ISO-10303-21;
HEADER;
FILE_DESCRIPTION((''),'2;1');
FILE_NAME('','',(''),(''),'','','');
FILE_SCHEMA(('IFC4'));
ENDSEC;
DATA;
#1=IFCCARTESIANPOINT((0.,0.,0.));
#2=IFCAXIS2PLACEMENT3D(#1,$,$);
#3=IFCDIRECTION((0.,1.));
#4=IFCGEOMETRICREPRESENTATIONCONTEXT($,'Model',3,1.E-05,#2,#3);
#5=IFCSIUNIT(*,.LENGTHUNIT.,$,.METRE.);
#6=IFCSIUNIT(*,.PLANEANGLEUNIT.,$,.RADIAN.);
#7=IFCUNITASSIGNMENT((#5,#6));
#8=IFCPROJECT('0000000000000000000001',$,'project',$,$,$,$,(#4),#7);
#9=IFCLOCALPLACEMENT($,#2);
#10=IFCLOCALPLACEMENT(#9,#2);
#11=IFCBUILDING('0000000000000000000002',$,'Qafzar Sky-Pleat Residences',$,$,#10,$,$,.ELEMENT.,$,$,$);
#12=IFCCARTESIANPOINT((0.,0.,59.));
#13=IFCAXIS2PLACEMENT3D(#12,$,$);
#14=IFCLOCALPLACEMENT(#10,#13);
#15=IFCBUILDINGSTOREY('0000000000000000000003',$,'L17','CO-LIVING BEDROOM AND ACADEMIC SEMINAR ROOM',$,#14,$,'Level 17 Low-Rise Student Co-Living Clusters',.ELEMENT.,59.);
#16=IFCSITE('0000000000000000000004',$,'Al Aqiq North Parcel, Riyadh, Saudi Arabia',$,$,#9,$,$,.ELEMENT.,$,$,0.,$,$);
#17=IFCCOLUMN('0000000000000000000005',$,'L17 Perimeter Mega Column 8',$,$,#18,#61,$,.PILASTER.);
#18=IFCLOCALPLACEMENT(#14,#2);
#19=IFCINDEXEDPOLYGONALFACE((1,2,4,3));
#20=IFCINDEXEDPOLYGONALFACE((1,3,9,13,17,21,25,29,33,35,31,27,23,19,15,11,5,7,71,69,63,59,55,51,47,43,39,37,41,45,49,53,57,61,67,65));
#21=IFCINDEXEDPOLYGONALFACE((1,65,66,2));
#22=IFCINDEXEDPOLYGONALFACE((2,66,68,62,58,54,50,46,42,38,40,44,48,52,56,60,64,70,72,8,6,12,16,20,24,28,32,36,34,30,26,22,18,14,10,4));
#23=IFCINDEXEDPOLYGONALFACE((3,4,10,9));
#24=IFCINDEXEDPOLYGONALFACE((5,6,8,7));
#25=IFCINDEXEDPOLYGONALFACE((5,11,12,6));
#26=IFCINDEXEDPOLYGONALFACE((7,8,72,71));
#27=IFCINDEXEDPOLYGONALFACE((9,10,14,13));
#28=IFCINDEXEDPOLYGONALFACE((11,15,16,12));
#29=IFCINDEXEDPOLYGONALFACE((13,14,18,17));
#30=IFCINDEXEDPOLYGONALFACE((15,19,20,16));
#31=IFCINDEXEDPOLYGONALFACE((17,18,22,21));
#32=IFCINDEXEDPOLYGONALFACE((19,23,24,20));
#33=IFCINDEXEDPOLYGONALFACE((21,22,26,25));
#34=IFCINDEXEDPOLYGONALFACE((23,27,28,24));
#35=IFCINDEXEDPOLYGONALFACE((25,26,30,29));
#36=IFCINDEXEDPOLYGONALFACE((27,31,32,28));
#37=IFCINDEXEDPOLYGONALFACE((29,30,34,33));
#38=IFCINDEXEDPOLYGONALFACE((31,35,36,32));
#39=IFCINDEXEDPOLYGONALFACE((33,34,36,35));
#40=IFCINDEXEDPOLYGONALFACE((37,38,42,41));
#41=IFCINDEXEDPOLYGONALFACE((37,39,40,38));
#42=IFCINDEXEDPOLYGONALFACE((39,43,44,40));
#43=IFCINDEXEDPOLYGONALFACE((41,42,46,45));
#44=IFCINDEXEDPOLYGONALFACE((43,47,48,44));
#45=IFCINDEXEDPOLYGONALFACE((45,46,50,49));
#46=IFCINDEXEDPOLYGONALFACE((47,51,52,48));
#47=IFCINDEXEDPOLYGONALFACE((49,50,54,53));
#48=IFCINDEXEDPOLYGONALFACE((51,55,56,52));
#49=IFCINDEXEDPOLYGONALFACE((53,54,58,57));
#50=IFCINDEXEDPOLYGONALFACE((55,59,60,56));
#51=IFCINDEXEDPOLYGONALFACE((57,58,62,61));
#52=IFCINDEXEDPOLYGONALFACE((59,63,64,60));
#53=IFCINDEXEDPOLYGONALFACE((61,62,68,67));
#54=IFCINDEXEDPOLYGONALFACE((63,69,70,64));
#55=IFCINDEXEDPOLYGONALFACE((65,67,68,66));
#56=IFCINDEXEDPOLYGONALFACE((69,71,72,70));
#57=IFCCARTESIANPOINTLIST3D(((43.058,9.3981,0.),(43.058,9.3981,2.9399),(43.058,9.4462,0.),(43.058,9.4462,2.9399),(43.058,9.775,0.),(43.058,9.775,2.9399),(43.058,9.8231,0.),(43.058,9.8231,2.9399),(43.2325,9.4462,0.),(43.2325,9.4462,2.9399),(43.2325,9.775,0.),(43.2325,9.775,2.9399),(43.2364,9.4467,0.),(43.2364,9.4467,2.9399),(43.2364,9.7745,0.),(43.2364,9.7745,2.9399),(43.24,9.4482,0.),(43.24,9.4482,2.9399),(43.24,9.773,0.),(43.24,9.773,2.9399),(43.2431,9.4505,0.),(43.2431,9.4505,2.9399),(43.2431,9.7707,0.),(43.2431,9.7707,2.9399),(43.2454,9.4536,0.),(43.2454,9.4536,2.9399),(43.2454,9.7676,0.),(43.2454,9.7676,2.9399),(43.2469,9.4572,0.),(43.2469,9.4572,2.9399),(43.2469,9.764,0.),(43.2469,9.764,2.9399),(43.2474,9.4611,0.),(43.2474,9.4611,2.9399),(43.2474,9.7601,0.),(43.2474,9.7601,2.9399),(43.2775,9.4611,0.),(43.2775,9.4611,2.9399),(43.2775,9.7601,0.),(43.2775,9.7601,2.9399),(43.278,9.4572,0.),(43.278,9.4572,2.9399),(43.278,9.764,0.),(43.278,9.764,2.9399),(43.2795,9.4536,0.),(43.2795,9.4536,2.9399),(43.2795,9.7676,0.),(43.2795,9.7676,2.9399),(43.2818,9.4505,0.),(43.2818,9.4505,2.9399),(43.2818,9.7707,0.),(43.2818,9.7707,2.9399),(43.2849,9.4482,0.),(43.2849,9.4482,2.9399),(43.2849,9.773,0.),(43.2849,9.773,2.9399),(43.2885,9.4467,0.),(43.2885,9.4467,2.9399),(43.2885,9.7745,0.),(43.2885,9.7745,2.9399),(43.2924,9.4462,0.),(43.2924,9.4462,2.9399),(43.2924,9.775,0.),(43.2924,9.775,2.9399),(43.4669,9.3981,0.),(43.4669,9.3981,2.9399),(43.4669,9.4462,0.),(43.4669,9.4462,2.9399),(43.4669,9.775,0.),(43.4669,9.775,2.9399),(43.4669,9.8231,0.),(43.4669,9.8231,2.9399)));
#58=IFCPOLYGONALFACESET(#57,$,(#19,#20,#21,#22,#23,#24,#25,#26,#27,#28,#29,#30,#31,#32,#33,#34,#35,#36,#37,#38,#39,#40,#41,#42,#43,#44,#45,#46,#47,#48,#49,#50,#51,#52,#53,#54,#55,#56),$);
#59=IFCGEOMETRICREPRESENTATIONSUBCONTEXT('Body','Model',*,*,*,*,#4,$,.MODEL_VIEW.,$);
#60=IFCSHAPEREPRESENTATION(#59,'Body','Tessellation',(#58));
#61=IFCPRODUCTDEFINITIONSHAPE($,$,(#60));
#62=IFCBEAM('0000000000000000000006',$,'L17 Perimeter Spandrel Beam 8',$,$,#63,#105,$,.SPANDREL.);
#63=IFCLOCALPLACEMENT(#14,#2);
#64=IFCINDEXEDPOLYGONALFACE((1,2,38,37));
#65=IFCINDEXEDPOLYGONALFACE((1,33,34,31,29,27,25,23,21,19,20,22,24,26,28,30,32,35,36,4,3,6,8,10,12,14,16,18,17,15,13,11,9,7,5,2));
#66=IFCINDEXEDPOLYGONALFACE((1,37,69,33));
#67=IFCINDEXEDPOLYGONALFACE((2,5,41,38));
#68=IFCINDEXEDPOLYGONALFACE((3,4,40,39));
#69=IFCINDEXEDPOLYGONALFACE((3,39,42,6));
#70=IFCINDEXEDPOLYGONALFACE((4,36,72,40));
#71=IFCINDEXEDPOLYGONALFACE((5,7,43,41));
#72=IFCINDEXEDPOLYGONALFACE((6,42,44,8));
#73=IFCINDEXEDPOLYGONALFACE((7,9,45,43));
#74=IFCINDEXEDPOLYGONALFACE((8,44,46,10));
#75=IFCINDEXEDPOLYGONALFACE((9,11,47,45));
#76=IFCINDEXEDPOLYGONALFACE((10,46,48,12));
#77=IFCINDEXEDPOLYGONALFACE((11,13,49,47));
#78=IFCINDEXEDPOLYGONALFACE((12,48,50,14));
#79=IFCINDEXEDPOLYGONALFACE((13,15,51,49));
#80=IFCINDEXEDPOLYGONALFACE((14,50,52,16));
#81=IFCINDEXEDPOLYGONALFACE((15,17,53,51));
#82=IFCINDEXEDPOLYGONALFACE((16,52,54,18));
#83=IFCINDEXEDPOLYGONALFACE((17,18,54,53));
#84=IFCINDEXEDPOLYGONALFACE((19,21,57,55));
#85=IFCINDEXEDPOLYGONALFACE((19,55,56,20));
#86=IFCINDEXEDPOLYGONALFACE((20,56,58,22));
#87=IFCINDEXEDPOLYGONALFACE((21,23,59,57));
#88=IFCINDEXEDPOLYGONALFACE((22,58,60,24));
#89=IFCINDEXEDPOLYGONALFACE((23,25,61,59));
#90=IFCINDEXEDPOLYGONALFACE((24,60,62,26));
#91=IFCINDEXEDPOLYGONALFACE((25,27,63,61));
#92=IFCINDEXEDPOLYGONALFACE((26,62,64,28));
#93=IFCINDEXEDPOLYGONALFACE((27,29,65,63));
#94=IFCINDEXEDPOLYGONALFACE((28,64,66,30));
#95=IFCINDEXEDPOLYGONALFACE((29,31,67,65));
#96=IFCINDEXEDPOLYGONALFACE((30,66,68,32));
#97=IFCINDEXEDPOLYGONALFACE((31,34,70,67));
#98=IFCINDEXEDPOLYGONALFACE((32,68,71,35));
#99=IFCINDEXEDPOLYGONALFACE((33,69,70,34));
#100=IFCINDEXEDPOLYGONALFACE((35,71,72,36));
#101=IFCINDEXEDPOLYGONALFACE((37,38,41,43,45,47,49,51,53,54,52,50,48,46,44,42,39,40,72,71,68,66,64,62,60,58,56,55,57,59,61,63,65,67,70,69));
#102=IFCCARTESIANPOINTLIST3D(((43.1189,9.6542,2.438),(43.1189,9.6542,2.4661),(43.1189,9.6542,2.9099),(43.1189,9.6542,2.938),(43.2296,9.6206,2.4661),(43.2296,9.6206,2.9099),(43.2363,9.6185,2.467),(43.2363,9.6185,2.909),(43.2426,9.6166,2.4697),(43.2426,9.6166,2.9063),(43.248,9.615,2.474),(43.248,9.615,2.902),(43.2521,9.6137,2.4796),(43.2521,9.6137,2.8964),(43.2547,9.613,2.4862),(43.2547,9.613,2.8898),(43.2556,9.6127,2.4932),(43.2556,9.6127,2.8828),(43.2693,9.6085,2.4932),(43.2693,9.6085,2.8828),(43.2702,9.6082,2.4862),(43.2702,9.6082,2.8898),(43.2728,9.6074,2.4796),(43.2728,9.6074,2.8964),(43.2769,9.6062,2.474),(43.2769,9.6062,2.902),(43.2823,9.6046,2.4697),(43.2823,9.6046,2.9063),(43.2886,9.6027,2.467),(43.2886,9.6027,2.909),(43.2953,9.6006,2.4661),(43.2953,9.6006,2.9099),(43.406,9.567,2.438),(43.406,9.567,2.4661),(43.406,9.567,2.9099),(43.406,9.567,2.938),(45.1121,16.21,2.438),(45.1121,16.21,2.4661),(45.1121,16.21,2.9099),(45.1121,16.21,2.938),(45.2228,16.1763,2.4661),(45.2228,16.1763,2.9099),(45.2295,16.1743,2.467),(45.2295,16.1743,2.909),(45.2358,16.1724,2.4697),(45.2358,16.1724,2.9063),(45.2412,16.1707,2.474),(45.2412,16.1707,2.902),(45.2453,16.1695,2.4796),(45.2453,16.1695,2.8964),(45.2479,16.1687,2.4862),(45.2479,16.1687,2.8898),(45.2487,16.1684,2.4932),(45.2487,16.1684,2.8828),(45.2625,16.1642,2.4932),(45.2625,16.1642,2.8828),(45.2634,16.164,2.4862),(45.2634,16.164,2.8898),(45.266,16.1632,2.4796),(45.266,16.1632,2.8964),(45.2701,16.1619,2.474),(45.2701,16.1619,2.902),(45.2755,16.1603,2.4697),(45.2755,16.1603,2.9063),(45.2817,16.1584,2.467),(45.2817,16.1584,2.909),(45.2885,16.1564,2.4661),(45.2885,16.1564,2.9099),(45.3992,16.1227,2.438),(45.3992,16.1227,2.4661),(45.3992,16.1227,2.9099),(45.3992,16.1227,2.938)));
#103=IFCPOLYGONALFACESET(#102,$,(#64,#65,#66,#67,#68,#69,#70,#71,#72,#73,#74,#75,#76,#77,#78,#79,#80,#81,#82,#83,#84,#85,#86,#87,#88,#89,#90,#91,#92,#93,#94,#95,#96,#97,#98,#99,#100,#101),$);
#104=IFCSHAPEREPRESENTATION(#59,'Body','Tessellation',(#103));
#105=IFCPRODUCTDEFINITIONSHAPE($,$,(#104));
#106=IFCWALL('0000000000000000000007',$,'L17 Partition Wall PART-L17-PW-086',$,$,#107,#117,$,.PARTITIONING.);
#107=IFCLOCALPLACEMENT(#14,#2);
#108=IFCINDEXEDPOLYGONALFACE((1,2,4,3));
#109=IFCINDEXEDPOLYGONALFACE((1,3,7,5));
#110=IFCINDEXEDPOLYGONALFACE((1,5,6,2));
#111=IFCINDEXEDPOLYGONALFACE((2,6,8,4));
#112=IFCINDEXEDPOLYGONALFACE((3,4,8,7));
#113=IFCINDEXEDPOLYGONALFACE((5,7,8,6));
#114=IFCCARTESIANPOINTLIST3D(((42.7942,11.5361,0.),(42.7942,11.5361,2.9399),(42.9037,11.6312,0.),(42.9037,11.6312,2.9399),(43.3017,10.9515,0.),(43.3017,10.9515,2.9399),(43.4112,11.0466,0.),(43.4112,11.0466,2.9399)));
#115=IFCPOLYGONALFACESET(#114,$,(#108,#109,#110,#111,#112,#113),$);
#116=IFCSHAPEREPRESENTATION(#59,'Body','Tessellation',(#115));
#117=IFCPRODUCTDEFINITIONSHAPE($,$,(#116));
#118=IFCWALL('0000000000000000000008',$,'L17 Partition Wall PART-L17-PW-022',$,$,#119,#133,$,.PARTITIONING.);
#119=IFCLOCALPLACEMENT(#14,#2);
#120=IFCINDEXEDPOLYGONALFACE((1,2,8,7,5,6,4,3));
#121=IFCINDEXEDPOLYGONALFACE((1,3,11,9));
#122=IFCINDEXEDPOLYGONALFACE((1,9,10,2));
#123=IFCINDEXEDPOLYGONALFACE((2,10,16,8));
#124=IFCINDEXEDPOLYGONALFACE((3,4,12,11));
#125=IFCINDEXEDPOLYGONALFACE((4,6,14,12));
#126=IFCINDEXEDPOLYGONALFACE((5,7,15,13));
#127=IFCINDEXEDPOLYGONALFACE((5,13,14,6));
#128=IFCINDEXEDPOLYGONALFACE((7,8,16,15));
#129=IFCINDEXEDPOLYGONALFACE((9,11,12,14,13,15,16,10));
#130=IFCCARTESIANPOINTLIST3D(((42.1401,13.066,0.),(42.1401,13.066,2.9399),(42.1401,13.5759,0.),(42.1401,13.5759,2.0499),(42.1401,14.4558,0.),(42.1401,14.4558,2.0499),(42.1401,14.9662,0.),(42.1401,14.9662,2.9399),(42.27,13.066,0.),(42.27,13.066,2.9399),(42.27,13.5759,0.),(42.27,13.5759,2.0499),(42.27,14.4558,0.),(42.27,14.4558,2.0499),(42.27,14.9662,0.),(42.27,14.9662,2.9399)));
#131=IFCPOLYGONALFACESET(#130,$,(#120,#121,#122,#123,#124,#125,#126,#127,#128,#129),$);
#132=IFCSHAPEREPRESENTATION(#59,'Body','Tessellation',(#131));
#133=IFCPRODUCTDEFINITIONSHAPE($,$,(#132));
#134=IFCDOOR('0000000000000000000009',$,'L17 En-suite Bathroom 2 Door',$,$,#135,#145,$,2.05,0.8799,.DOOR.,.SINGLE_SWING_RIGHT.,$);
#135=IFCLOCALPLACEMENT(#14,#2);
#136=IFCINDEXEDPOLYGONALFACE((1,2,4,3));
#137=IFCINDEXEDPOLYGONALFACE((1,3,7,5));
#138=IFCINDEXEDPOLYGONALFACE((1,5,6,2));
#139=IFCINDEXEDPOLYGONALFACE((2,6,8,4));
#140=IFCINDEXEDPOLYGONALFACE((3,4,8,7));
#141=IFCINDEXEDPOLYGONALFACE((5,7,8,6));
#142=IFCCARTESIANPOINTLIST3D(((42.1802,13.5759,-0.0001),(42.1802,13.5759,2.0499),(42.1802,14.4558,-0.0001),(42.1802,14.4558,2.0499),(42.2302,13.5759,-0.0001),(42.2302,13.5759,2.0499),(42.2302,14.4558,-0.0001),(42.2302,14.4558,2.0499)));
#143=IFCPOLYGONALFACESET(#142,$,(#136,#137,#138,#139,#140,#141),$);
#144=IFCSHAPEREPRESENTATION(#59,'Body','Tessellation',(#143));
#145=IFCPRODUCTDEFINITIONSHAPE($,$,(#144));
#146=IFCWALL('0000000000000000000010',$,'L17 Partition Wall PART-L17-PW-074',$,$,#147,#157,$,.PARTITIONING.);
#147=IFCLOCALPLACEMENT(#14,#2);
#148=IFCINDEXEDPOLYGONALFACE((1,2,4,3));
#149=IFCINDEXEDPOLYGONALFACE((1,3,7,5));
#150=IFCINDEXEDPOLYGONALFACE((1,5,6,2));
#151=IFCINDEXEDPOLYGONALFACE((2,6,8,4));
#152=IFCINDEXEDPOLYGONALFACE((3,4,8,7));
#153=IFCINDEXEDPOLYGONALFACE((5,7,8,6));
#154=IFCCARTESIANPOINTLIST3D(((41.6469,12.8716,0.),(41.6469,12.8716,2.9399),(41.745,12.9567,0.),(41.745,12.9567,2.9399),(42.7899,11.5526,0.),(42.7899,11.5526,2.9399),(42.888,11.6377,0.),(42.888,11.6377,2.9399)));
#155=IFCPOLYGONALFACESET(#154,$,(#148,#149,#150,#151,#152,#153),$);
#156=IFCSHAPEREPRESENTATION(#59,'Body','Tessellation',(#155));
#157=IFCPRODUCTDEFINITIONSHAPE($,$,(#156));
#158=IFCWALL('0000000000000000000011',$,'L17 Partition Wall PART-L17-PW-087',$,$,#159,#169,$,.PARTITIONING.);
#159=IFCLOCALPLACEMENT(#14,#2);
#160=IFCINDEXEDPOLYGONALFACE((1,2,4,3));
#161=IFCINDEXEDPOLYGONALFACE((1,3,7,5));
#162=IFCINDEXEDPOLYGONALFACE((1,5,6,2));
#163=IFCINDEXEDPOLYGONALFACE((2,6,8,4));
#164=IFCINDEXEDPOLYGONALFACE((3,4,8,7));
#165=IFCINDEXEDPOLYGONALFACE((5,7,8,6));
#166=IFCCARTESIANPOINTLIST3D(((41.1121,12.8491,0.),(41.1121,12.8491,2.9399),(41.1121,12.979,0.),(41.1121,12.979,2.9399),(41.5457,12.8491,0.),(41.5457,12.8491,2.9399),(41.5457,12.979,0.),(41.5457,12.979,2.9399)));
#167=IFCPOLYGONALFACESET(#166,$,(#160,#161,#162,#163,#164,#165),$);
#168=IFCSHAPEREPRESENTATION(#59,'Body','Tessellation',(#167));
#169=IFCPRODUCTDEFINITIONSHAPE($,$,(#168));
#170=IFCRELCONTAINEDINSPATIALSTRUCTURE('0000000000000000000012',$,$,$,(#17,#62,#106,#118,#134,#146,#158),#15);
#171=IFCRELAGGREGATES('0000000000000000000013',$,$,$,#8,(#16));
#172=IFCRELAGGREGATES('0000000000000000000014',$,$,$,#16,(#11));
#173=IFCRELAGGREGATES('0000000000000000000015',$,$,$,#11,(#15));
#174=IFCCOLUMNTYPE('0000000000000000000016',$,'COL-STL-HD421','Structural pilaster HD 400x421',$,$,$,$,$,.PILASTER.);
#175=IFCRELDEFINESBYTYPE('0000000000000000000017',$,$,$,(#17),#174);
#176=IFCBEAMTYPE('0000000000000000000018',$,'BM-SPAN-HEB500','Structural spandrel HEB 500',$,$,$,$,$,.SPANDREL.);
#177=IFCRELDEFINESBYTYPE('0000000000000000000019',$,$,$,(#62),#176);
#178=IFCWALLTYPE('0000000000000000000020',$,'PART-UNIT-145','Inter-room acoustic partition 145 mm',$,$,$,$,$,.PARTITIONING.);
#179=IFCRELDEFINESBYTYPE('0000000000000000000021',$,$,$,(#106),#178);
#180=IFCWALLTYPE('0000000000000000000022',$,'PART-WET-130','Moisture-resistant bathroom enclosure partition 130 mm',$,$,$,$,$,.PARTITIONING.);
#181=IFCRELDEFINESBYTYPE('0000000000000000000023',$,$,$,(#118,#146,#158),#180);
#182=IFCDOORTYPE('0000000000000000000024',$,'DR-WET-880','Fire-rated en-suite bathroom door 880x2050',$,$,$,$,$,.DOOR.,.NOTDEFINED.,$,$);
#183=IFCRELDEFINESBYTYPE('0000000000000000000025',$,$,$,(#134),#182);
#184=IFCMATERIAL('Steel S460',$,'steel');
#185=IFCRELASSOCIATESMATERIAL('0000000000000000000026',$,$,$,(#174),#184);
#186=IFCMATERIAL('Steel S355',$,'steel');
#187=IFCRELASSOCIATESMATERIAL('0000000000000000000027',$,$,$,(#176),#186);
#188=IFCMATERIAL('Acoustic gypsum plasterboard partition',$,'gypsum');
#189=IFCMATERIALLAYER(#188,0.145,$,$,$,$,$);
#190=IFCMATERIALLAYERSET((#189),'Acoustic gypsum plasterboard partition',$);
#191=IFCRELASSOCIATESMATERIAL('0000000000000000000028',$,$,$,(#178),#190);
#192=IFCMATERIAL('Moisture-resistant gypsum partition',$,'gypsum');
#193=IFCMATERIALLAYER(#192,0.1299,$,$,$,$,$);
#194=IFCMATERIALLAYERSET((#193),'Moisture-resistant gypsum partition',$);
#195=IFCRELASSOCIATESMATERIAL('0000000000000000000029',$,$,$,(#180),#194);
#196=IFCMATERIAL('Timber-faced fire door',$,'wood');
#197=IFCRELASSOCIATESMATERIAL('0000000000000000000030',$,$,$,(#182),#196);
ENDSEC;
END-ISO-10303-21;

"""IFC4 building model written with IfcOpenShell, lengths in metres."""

from ifc_helpers import new_model, si_unit, direction, frame, frame_2d, origin, origin_2d, place, context, subcontext, project, spatial, rectangle, i_section, extrude, source, transform, mapped, material, layer, layer_set, material_profile, profile_set, type_object, element, fill, save


model = new_model("IFC4")

# Units and contexts
model_context = context("Model", 3, precision=1e-05, world=origin(), true_north=direction((0.0, 1.0)))
body_context = subcontext(model_context, "Body", "Model", "MODEL_VIEW")
ifc_project = project(units=[si_unit("LENGTHUNIT", "METRE"), si_unit("PLANEANGLEUNIT", "RADIAN")], contexts=[model_context])

# Site, building, storey
site_placement = place(None, origin())
site = spatial("IfcSite", under=ifc_project, at=site_placement, Name="Al Aqiq North Parcel, Riyadh, Saudi Arabia", CompositionType="ELEMENT", RefElevation=0.0)
building_placement = place(site_placement, origin())
building = spatial("IfcBuilding", under=site, at=building_placement, Name="Qafzar Sky-Pleat Residences", CompositionType="ELEMENT")
storey_placement = place(building_placement, frame((0.0, 0.0, 59.0)))
storey = spatial("IfcBuildingStorey", under=building, at=storey_placement, Name="L17", Description="CO-LIVING BEDROOM AND ACADEMIC SEMINAR ROOM", LongName="Level 17 Low-Rise Student Co-Living Clusters", CompositionType="ELEMENT", Elevation=59.0)

# Column
ifc_material_1 = material(Name="Steel S460", Category="steel")
ifc_material_profile_1 = material_profile(ifc_material_1, i_section(OverallWidth=0.4089, OverallDepth=0.425, WebThickness=0.03, FlangeThickness=0.0481, FilletRadius=0.0149, at=origin_2d()), Name="HD 400x421")
ifc_profile_set_1 = profile_set([ifc_material_profile_1], Name="Steel S460")
column_type = type_object("IfcColumnType", Name="COL-STL-HD421", Description="Structural pilaster HD 400x421", PredefinedType="PILASTER", material=ifc_profile_set_1)
shared_shape_1 = source(origin(), body_context, "Body", "SweptSolid", [
    extrude(i_section(OverallWidth=0.4089, OverallDepth=0.425, WebThickness=0.03, FlangeThickness=0.0481, FilletRadius=0.0149, at=origin_2d()), origin(), (0.0, 0.0, 1.0), 2.9399),
])
column_placement = place(storey_placement, frame((43.2625, 9.6106, 0.0), z_axis=(0.0, 0.0, 1.0), x_axis=(1.0, 0.0, 0.0)))
element("IfcColumn", 1, at=column_placement, inside=storey, type_object=column_type, Name="L17 Perimeter Mega Column 8", PredefinedType="PILASTER", context=body_context, shape_type="MappedRepresentation", body=[
    mapped(shared_shape_1, transform((0.0, 0.0, 0.0), x_axis=(1.0, 0.0, 0.0), y_axis=(0.0, 1.0, 0.0), z_axis=(0.0, 0.0, 1.0), scale=1.0)),
])

# Beam
ifc_material_2 = material(Name="Steel S355", Category="steel")
ifc_material_profile_2 = material_profile(ifc_material_2, i_section(OverallWidth=0.3, OverallDepth=0.5, WebThickness=0.0144, FlangeThickness=0.0281, FilletRadius=0.0271, at=origin_2d()), Name="HEB 500")
ifc_profile_set_2 = profile_set([ifc_material_profile_2], Name="Steel S355")
beam_type = type_object("IfcBeamType", Name="BM-SPAN-HEB500", Description="Structural spandrel HEB 500", PredefinedType="SPANDREL", material=ifc_profile_set_2)
shared_shape_2 = source(origin(), body_context, "Body", "SweptSolid", [
    extrude(i_section(OverallWidth=0.3, OverallDepth=0.5, WebThickness=0.0144, FlangeThickness=0.0281, FilletRadius=0.0271, at=origin_2d()), origin(), (0.0, 0.0, 1.0), 6.8521),
])
beam_placement = place(storey_placement, frame((43.2625, 9.6106, 2.688), z_axis=(0.290889, 0.956757, 0.0), x_axis=(-0.956757, 0.290889, 0.0)))
element("IfcBeam", 2, at=beam_placement, inside=storey, type_object=beam_type, Name="L17 Perimeter Spandrel Beam 8", PredefinedType="SPANDREL", context=body_context, shape_type="MappedRepresentation", body=[
    mapped(shared_shape_2, transform((0.0, 0.0, 0.0), x_axis=(1.0, 0.0, 0.0), y_axis=(0.0, 1.0, 0.0), z_axis=(0.0, 0.0, 1.0), scale=1.0)),
])

# Wall
ifc_material_3 = material(Name="Acoustic gypsum plasterboard partition", Category="gypsum")
ifc_layer_1 = layer(ifc_material_3, 0.145)
ifc_layer_set_1 = layer_set([ifc_layer_1], Name="Acoustic gypsum plasterboard partition")
wall_type_1 = type_object("IfcWallType", Name="PART-UNIT-145", Description="Inter-room acoustic partition 145 mm", PredefinedType="PARTITIONING", material=ifc_layer_set_1)
wall_1_placement = place(storey_placement, frame((42.8489, 11.5837, 0.0), z_axis=(0.0, 0.0, 1.0), x_axis=(0.655531, -0.755169, 0.0)))
element("IfcWall", 3, at=wall_1_placement, inside=storey, type_object=wall_type_1, Name="L17 Partition Wall PART-L17-PW-086", PredefinedType="PARTITIONING", context=body_context, shape_type="SweptSolid", body=[
    extrude(rectangle(XDim=0.7742, YDim=0.145, at=frame_2d((0.3872, 0.0))), origin(), (0.0, 0.0, 1.0), 2.9399),
])

# Wall, opening, door
ifc_material_4 = material(Name="Moisture-resistant gypsum partition", Category="gypsum")
ifc_layer_2 = layer(ifc_material_4, 0.1299)
ifc_layer_set_2 = layer_set([ifc_layer_2], Name="Moisture-resistant gypsum partition")
wall_type_2 = type_object("IfcWallType", Name="PART-WET-130", Description="Moisture-resistant bathroom enclosure partition 130 mm", PredefinedType="PARTITIONING", material=ifc_layer_set_2)
wall_2_placement = place(storey_placement, frame((42.2051, 13.0659, 0.0), z_axis=(0.0, 0.0, 1.0), x_axis=(0.0, 1.0, 0.0)))
wall_2 = element("IfcWall", 4, at=wall_2_placement, inside=storey, type_object=wall_type_2, Name="L17 Partition Wall PART-L17-PW-022", PredefinedType="PARTITIONING", context=body_context, shape_type="SweptSolid", body=[
    extrude(rectangle(XDim=1.9001, YDim=0.1299, at=frame_2d((0.9502, 0.0))), origin(), (0.0, 0.0, 1.0), 2.9399),
])
opening_1_placement = place(wall_2_placement, frame((0.51, 0.0, 0.0)))
opening_1 = element("IfcOpeningElement", 5, at=opening_1_placement, cuts=wall_2, PredefinedType="OPENING", context=body_context, shape_type="SweptSolid", body=[
    extrude(rectangle(XDim=0.8799, YDim=2.05, at=frame_2d((0.4399, 1.0249))), frame((0.0, 0.075, 0.0), z_axis=(0.0, -1.0, 0.0), x_axis=(1.0, 0.0, 0.0)), (0.0, 0.0, 1.0), 0.1499),
])
ifc_material_5 = material(Name="Timber-faced fire door", Category="wood")
door_type_1 = type_object("IfcDoorType", Name="DR-WET-880", Description="Fire-rated en-suite bathroom door 880x2050", OperationType="NOTDEFINED", PredefinedType="DOOR", material=ifc_material_5)
shared_shape_3 = source(origin(), body_context, "Body", "SweptSolid", [
    extrude(rectangle(XDim=0.8799, YDim=2.05, at=frame_2d((0.4399, 1.0249))), frame((0.0, 0.0249, 0.0), z_axis=(0.0, -1.0, 0.0), x_axis=(1.0, 0.0, 0.0)), (0.0, 0.0, 1.0), 0.05),
])
door_1_placement = place(opening_1_placement, origin())
door_1 = element("IfcDoor", 6, at=door_1_placement, inside=storey, type_object=door_type_1, Name="L17 En-suite Bathroom 2 Door", OperationType="SINGLE_SWING_RIGHT", OverallHeight=2.05, OverallWidth=0.8799, PredefinedType="DOOR", context=body_context, shape_type="MappedRepresentation", body=[
    mapped(shared_shape_3, transform((0.0, 0.0, 0.0), x_axis=(1.0, 0.0, 0.0), y_axis=(0.0, 1.0, 0.0), z_axis=(0.0, 0.0, 1.0), scale=1.0)),
])
fill(opening_1, door_1)

# Walls
wall_3_placement = place(storey_placement, frame((41.696, 12.9141, 0.0), z_axis=(0.0, 0.0, 1.0), x_axis=(0.654883, -0.755731, 0.0)))
element("IfcWall", 7, at=wall_3_placement, inside=storey, type_object=wall_type_2, Name="L17 Partition Wall PART-L17-PW-074", PredefinedType="PARTITIONING", context=body_context, shape_type="SweptSolid", body=[
    extrude(rectangle(XDim=1.7454, YDim=0.1299, at=frame_2d((0.8726, 0.0))), origin(), (0.0, 0.0, 1.0), 2.9399),
])
wall_4_placement = place(storey_placement, frame((41.1121, 12.9141, 0.0), z_axis=(0.0, 0.0, 1.0), x_axis=(1.0, 0.0, 0.0)))
element("IfcWall", 8, at=wall_4_placement, inside=storey, type_object=wall_type_2, Name="L17 Partition Wall PART-L17-PW-087", PredefinedType="PARTITIONING", context=body_context, shape_type="SweptSolid", body=[
    extrude(rectangle(XDim=0.4336, YDim=0.1299, at=frame_2d((0.2168, 0.0))), origin(), (0.0, 0.0, 1.0), 2.9399),
])

save(model, "model.ifc")
